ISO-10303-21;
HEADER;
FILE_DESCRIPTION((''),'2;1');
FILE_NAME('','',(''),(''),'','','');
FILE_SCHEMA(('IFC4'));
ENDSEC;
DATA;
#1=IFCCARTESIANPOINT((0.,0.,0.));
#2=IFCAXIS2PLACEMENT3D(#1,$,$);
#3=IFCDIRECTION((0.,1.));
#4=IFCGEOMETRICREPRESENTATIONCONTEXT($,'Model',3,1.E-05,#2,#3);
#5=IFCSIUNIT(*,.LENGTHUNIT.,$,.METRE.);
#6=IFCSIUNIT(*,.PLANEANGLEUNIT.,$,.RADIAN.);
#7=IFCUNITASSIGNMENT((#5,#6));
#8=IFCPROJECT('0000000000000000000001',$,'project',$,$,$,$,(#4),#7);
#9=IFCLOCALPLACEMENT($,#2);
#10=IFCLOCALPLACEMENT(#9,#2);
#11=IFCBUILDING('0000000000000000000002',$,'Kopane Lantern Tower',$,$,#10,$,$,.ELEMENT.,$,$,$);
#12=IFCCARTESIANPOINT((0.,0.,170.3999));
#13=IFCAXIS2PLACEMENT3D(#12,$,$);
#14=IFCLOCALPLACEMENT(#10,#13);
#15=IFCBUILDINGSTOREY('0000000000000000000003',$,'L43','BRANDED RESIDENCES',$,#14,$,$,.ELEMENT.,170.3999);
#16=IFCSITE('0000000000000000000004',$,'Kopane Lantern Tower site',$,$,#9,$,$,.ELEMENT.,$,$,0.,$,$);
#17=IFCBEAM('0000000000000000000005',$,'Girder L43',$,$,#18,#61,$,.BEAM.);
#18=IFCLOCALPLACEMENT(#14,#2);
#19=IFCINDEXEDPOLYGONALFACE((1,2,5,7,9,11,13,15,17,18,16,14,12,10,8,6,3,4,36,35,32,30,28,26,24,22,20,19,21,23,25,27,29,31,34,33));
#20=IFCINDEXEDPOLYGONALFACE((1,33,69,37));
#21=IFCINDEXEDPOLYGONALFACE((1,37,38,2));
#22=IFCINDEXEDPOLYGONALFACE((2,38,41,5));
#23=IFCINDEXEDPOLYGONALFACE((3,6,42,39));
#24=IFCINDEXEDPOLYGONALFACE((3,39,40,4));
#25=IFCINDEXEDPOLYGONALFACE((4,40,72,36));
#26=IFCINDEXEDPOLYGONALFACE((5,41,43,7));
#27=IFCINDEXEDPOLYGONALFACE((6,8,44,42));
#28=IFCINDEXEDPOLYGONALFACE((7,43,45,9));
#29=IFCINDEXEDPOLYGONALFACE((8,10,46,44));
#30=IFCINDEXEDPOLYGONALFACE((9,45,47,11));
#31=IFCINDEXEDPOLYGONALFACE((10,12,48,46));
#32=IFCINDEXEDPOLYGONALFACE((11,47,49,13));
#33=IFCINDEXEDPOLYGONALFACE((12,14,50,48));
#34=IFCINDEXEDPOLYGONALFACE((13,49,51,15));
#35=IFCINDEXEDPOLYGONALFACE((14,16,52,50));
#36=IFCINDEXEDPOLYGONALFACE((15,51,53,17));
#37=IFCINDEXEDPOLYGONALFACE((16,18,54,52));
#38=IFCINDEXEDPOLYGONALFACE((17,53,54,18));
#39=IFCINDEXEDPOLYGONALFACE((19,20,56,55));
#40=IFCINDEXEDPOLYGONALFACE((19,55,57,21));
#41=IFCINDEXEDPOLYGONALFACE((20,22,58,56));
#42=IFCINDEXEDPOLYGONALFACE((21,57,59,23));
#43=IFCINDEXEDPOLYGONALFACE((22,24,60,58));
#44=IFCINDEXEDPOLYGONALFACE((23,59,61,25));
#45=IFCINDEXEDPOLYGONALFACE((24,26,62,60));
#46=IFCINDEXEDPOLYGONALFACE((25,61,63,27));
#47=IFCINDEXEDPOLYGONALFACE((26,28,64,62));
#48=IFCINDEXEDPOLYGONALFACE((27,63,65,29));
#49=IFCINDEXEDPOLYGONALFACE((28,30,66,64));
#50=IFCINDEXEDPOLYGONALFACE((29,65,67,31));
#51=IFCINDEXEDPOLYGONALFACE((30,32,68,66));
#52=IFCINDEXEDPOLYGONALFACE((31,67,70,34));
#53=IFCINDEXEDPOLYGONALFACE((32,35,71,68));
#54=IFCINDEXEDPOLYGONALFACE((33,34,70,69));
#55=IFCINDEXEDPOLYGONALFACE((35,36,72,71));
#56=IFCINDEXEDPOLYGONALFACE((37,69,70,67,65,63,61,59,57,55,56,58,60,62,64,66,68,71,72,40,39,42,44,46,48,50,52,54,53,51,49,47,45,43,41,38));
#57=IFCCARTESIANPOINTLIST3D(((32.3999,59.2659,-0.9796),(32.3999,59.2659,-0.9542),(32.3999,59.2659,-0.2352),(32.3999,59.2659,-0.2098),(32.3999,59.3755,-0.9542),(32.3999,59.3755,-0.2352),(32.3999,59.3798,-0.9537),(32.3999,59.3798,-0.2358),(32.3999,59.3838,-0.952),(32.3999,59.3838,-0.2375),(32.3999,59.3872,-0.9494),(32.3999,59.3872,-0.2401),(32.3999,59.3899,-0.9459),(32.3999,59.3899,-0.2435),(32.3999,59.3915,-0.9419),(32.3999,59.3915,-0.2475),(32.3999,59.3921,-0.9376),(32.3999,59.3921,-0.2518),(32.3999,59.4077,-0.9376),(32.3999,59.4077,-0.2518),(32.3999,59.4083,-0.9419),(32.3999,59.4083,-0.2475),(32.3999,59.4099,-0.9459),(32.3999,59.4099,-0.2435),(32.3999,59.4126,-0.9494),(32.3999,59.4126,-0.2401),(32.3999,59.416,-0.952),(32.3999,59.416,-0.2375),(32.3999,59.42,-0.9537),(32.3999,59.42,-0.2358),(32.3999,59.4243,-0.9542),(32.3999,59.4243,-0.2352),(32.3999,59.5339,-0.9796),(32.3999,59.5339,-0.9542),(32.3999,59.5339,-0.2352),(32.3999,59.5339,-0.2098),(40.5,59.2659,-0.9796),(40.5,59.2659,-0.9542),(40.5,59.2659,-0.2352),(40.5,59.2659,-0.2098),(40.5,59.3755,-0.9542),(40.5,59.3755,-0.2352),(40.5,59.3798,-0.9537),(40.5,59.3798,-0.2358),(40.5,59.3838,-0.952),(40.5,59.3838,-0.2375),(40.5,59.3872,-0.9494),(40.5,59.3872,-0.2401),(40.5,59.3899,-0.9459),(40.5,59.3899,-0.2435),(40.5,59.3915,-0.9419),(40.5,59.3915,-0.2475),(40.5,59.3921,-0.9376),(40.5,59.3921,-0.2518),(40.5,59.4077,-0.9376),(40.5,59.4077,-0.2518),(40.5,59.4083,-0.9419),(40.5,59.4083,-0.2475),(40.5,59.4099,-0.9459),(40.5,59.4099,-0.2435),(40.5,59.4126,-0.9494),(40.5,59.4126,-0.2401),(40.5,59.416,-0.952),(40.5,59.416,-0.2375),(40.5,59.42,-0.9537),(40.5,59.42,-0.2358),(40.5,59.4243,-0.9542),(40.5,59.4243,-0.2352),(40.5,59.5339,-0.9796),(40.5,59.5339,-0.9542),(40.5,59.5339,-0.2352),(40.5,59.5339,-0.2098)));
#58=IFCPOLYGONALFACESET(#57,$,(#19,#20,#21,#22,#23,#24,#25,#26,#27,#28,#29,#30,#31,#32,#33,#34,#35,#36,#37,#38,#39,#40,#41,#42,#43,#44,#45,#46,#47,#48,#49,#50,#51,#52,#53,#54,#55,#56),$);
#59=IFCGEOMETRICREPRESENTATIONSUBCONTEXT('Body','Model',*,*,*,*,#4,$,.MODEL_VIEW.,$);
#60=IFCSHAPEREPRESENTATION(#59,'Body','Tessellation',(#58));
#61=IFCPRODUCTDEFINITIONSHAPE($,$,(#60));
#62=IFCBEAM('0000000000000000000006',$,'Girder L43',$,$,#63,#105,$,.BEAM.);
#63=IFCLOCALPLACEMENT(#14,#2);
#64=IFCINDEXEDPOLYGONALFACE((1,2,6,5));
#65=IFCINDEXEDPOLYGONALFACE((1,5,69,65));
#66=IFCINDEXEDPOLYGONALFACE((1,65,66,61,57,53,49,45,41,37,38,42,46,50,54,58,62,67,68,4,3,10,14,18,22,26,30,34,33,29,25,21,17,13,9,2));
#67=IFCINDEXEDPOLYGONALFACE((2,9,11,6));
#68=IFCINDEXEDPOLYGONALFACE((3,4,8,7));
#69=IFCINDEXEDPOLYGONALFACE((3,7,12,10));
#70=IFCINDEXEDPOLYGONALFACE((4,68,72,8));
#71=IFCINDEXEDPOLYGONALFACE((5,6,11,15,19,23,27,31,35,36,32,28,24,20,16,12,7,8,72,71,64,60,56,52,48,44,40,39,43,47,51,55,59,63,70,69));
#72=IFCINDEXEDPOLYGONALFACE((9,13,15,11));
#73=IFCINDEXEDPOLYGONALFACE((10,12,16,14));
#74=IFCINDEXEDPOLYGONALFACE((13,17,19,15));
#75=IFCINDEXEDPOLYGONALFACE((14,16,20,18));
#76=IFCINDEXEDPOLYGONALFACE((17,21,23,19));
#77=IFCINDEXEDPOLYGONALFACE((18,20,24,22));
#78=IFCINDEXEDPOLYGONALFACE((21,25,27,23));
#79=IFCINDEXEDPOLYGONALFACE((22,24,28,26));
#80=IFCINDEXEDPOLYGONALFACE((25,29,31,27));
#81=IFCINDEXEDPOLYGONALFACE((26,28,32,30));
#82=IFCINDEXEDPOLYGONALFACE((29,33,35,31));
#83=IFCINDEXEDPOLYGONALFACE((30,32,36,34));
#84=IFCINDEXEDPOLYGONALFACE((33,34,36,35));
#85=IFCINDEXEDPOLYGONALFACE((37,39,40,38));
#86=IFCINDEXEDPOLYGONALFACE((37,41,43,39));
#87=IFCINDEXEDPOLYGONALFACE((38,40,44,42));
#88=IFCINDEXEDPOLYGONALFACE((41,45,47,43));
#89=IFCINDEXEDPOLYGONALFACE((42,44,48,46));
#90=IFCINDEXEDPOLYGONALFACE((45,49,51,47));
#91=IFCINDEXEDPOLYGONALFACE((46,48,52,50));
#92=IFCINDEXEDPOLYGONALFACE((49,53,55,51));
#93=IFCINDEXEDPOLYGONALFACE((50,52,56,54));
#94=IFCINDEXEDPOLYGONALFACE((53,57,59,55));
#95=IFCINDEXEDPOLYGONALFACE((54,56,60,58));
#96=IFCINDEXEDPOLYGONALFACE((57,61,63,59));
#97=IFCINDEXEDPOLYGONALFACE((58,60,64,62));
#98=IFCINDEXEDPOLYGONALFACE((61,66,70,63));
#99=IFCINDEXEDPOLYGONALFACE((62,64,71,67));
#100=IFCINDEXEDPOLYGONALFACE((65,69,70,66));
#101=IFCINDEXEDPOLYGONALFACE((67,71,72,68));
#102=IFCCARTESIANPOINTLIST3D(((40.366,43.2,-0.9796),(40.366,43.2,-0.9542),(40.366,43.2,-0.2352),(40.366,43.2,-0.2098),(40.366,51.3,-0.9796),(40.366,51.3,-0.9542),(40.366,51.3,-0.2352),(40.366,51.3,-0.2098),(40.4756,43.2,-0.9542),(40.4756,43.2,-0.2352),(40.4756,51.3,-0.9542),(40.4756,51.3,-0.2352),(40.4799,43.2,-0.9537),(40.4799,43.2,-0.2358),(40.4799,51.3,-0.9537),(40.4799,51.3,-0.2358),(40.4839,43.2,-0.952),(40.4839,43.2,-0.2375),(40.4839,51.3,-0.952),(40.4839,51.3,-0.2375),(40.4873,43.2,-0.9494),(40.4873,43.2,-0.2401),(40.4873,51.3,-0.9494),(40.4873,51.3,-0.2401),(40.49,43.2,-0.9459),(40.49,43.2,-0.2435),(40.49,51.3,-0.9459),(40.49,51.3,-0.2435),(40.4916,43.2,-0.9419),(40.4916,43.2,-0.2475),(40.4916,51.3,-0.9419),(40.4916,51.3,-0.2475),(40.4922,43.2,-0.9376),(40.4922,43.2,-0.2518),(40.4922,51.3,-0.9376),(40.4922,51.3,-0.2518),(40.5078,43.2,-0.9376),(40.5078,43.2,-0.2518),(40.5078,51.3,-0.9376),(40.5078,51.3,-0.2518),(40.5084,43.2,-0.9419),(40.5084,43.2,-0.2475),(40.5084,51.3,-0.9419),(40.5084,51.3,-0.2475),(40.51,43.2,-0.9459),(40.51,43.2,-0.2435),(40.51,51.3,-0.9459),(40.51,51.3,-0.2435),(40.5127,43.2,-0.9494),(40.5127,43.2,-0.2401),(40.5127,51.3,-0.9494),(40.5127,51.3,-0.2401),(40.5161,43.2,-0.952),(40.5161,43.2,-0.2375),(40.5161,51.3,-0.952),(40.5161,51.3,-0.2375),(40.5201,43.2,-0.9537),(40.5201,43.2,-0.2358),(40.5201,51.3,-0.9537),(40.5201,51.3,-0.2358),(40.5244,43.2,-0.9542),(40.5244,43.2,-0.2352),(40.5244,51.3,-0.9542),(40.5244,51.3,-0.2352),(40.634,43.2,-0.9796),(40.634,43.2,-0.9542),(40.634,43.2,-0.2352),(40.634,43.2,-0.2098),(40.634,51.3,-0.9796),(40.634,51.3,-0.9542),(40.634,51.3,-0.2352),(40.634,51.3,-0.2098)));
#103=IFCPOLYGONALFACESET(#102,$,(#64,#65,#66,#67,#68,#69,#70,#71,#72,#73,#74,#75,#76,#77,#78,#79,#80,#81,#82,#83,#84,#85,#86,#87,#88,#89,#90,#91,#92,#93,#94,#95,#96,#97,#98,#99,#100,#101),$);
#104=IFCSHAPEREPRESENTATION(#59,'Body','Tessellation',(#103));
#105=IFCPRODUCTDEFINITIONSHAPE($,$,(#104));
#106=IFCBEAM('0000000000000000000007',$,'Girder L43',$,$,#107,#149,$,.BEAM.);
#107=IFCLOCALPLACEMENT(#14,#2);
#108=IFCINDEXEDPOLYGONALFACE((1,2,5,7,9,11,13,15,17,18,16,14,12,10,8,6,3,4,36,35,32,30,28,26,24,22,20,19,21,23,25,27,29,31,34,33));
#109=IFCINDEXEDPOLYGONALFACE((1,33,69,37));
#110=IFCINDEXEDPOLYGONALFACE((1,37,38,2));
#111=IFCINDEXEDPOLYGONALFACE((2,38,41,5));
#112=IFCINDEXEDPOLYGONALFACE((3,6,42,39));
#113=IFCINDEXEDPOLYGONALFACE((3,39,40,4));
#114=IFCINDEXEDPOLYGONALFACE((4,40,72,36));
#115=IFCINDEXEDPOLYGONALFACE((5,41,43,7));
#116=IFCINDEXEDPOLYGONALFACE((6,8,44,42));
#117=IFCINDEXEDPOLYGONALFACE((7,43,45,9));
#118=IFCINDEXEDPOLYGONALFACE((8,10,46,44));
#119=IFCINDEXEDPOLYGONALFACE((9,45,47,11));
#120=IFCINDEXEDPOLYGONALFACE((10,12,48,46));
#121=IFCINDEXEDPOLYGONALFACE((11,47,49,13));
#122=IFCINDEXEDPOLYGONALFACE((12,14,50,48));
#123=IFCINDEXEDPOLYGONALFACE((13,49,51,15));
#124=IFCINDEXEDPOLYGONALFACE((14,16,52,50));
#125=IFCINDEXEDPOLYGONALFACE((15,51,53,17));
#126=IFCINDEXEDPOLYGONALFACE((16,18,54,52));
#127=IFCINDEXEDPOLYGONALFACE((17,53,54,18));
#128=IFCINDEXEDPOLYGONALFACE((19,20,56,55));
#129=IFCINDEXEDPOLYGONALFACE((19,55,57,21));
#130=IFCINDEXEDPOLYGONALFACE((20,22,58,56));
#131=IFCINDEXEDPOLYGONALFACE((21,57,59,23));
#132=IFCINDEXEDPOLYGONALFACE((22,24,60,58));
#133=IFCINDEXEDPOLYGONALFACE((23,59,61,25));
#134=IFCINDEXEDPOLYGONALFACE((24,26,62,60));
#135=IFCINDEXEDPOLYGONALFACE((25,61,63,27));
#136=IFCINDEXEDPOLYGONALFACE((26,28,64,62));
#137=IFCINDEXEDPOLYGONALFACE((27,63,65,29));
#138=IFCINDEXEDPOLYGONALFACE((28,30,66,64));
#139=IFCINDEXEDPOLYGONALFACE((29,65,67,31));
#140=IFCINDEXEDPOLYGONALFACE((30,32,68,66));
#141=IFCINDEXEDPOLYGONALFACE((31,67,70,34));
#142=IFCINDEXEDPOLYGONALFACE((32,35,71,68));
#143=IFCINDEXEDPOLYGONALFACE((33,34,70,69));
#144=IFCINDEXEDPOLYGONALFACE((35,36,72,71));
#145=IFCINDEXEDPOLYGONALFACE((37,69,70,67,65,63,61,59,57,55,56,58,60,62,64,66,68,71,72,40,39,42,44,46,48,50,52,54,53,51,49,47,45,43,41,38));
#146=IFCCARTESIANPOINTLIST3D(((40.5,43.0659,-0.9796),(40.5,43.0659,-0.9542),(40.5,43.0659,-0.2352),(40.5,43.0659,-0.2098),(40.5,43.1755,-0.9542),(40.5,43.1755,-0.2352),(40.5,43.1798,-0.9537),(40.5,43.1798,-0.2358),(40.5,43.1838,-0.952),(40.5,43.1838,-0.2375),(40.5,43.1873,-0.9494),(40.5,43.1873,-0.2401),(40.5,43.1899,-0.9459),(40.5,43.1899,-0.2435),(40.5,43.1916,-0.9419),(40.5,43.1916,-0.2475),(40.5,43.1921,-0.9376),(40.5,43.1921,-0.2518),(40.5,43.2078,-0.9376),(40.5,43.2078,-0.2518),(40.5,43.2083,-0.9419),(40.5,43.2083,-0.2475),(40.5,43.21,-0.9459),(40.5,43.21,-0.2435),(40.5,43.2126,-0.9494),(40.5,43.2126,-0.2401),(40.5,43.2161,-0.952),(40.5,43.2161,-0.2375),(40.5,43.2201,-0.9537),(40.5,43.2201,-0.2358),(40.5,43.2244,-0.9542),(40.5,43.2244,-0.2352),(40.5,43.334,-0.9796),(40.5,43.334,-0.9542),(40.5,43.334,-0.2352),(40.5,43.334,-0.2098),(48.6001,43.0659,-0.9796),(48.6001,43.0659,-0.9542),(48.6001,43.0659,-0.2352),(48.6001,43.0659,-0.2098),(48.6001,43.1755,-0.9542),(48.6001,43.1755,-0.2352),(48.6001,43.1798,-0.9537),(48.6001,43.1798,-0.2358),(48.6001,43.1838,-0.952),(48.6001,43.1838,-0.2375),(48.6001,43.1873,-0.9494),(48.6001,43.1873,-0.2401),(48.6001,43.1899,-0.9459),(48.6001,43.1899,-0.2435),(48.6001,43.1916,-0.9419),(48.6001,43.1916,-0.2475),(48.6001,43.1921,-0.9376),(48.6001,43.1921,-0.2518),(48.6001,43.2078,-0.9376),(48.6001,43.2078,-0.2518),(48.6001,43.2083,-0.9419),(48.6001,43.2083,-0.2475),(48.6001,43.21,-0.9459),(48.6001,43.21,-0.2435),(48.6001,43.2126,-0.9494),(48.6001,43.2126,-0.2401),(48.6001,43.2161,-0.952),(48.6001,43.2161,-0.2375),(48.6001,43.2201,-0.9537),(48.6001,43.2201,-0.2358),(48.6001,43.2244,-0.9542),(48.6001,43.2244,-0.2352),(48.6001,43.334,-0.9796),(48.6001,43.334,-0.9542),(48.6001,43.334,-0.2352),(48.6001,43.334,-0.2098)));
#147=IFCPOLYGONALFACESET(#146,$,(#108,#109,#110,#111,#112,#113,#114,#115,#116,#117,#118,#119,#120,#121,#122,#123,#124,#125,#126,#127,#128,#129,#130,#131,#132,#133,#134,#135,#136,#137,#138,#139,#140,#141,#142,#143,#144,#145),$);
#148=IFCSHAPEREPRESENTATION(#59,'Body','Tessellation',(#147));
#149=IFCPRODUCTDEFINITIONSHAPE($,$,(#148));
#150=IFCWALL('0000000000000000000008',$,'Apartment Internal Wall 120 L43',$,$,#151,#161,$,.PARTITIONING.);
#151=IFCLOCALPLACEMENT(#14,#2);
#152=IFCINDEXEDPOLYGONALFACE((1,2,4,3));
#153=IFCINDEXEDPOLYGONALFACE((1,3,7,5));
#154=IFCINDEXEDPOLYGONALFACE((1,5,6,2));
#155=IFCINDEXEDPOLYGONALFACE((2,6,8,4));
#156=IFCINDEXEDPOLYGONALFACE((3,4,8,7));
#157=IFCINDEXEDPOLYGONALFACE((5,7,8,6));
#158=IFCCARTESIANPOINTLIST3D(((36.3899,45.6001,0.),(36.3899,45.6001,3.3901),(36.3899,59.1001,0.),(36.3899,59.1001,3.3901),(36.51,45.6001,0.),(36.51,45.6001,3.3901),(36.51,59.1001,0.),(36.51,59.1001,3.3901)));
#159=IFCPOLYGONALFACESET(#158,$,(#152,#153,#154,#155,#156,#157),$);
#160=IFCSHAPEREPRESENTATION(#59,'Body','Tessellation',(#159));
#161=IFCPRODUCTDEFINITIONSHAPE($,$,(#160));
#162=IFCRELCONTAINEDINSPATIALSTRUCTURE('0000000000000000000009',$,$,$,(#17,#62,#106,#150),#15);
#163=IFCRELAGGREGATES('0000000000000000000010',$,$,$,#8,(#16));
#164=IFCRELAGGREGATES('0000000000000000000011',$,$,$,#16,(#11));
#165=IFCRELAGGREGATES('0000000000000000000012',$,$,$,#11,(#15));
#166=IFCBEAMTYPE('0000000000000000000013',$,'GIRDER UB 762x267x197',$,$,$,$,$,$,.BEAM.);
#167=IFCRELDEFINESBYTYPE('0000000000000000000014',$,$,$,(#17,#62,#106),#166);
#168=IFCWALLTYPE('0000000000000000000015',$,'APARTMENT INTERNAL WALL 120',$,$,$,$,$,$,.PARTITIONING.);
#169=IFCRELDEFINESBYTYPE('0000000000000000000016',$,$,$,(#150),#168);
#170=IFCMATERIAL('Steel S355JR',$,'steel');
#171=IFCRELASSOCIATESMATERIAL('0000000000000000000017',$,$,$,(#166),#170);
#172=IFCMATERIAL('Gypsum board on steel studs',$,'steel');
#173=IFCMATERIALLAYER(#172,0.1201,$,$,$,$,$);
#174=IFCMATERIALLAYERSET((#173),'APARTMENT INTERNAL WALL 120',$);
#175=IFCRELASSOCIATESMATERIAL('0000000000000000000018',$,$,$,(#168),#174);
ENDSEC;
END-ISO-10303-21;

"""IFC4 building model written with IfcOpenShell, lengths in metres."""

from ifc_helpers import new_model, si_unit, direction, frame, frame_2d, origin, origin_2d, place, context, subcontext, project, spatial, rectangle, i_section, extrude, material, layer, layer_set, material_profile, profile_set, type_object, element, save


model = new_model("IFC4")

# Units and contexts
model_context = context("Model", 3, precision=1e-05, world=origin(), true_north=direction((0.0, 1.0)))
body_context = subcontext(model_context, "Body", "Model", "MODEL_VIEW")
ifc_project = project(units=[si_unit("LENGTHUNIT", "METRE"), si_unit("PLANEANGLEUNIT", "RADIAN")], contexts=[model_context])

# Site, building, storey
site_placement = place(None, origin())
site = spatial("IfcSite", under=ifc_project, at=site_placement, Name="Kopane Lantern Tower site", CompositionType="ELEMENT", RefElevation=0.0)
building_placement = place(site_placement, origin())
building = spatial("IfcBuilding", under=site, at=building_placement, Name="Kopane Lantern Tower", CompositionType="ELEMENT")
storey_placement = place(building_placement, frame((0.0, 0.0, 170.3999)))
storey = spatial("IfcBuildingStorey", under=building, at=storey_placement, Name="L43", Description="BRANDED RESIDENCES", CompositionType="ELEMENT", Elevation=170.3999)

# Beams
ifc_material_1 = material(Name="Steel S355JR", Category="steel")
ifc_material_profile_1 = material_profile(ifc_material_1, i_section(OverallWidth=0.2681, OverallDepth=0.7698, WebThickness=0.0156, FlangeThickness=0.0254, FilletRadius=0.0166, at=origin_2d()), Name="UB 762x267x197")
ifc_profile_set_1 = profile_set([ifc_material_profile_1], Name="Steel S355JR")
beam_type_1 = type_object("IfcBeamType", Name="GIRDER UB 762x267x197", PredefinedType="BEAM", material=ifc_profile_set_1)
for number, where, z_axis, x_axis, name in (
    (1, (32.3999, 59.3999, -0.5947), (1.0, 0.0, 0.0), (0.0, 1.0, 0.0), "Girder L43"),
    (2, (40.5, 43.2, -0.5947), (0.0, 1.0, 0.0), (-1.0, 0.0, 0.0), "Girder L43"),
    (3, (40.5, 43.2, -0.5947), (1.0, 0.0, 0.0), (0.0, 1.0, 0.0), "Girder L43"),
):
    element("IfcBeam", number, at=place(storey_placement, frame(where, z_axis=z_axis, x_axis=x_axis)), inside=storey, type_object=beam_type_1, Name=name, PredefinedType="BEAM", context=body_context, shape_type="SweptSolid", body=[
        extrude(i_section(OverallWidth=0.2681, OverallDepth=0.7698, WebThickness=0.0156, FlangeThickness=0.0254, FilletRadius=0.0166, at=origin_2d()), origin(), (0.0, 0.0, 1.0), 8.1001),
    ])

# Wall
ifc_material_2 = material(Name="Gypsum board on steel studs", Category="steel")
ifc_layer_1 = layer(ifc_material_2, 0.1201)
ifc_layer_set_1 = layer_set([ifc_layer_1], Name="APARTMENT INTERNAL WALL 120")
wall_type_1 = type_object("IfcWallType", Name="APARTMENT INTERNAL WALL 120", PredefinedType="PARTITIONING", material=ifc_layer_set_1)
wall_1_placement = place(storey_placement, frame((36.45, 45.6001, 0.0), z_axis=(0.0, 0.0, 1.0), x_axis=(0.0, 1.0, 0.0)))
element("IfcWall", 4, at=wall_1_placement, inside=storey, type_object=wall_type_1, Name="Apartment Internal Wall 120 L43", PredefinedType="PARTITIONING", context=body_context, shape_type="SweptSolid", body=[
    extrude(rectangle(XDim=13.5, YDim=0.1201, at=frame_2d((6.75, 0.0))), origin(), (0.0, 0.0, 1.0), 3.3901),
])

save(model, "model.ifc")
